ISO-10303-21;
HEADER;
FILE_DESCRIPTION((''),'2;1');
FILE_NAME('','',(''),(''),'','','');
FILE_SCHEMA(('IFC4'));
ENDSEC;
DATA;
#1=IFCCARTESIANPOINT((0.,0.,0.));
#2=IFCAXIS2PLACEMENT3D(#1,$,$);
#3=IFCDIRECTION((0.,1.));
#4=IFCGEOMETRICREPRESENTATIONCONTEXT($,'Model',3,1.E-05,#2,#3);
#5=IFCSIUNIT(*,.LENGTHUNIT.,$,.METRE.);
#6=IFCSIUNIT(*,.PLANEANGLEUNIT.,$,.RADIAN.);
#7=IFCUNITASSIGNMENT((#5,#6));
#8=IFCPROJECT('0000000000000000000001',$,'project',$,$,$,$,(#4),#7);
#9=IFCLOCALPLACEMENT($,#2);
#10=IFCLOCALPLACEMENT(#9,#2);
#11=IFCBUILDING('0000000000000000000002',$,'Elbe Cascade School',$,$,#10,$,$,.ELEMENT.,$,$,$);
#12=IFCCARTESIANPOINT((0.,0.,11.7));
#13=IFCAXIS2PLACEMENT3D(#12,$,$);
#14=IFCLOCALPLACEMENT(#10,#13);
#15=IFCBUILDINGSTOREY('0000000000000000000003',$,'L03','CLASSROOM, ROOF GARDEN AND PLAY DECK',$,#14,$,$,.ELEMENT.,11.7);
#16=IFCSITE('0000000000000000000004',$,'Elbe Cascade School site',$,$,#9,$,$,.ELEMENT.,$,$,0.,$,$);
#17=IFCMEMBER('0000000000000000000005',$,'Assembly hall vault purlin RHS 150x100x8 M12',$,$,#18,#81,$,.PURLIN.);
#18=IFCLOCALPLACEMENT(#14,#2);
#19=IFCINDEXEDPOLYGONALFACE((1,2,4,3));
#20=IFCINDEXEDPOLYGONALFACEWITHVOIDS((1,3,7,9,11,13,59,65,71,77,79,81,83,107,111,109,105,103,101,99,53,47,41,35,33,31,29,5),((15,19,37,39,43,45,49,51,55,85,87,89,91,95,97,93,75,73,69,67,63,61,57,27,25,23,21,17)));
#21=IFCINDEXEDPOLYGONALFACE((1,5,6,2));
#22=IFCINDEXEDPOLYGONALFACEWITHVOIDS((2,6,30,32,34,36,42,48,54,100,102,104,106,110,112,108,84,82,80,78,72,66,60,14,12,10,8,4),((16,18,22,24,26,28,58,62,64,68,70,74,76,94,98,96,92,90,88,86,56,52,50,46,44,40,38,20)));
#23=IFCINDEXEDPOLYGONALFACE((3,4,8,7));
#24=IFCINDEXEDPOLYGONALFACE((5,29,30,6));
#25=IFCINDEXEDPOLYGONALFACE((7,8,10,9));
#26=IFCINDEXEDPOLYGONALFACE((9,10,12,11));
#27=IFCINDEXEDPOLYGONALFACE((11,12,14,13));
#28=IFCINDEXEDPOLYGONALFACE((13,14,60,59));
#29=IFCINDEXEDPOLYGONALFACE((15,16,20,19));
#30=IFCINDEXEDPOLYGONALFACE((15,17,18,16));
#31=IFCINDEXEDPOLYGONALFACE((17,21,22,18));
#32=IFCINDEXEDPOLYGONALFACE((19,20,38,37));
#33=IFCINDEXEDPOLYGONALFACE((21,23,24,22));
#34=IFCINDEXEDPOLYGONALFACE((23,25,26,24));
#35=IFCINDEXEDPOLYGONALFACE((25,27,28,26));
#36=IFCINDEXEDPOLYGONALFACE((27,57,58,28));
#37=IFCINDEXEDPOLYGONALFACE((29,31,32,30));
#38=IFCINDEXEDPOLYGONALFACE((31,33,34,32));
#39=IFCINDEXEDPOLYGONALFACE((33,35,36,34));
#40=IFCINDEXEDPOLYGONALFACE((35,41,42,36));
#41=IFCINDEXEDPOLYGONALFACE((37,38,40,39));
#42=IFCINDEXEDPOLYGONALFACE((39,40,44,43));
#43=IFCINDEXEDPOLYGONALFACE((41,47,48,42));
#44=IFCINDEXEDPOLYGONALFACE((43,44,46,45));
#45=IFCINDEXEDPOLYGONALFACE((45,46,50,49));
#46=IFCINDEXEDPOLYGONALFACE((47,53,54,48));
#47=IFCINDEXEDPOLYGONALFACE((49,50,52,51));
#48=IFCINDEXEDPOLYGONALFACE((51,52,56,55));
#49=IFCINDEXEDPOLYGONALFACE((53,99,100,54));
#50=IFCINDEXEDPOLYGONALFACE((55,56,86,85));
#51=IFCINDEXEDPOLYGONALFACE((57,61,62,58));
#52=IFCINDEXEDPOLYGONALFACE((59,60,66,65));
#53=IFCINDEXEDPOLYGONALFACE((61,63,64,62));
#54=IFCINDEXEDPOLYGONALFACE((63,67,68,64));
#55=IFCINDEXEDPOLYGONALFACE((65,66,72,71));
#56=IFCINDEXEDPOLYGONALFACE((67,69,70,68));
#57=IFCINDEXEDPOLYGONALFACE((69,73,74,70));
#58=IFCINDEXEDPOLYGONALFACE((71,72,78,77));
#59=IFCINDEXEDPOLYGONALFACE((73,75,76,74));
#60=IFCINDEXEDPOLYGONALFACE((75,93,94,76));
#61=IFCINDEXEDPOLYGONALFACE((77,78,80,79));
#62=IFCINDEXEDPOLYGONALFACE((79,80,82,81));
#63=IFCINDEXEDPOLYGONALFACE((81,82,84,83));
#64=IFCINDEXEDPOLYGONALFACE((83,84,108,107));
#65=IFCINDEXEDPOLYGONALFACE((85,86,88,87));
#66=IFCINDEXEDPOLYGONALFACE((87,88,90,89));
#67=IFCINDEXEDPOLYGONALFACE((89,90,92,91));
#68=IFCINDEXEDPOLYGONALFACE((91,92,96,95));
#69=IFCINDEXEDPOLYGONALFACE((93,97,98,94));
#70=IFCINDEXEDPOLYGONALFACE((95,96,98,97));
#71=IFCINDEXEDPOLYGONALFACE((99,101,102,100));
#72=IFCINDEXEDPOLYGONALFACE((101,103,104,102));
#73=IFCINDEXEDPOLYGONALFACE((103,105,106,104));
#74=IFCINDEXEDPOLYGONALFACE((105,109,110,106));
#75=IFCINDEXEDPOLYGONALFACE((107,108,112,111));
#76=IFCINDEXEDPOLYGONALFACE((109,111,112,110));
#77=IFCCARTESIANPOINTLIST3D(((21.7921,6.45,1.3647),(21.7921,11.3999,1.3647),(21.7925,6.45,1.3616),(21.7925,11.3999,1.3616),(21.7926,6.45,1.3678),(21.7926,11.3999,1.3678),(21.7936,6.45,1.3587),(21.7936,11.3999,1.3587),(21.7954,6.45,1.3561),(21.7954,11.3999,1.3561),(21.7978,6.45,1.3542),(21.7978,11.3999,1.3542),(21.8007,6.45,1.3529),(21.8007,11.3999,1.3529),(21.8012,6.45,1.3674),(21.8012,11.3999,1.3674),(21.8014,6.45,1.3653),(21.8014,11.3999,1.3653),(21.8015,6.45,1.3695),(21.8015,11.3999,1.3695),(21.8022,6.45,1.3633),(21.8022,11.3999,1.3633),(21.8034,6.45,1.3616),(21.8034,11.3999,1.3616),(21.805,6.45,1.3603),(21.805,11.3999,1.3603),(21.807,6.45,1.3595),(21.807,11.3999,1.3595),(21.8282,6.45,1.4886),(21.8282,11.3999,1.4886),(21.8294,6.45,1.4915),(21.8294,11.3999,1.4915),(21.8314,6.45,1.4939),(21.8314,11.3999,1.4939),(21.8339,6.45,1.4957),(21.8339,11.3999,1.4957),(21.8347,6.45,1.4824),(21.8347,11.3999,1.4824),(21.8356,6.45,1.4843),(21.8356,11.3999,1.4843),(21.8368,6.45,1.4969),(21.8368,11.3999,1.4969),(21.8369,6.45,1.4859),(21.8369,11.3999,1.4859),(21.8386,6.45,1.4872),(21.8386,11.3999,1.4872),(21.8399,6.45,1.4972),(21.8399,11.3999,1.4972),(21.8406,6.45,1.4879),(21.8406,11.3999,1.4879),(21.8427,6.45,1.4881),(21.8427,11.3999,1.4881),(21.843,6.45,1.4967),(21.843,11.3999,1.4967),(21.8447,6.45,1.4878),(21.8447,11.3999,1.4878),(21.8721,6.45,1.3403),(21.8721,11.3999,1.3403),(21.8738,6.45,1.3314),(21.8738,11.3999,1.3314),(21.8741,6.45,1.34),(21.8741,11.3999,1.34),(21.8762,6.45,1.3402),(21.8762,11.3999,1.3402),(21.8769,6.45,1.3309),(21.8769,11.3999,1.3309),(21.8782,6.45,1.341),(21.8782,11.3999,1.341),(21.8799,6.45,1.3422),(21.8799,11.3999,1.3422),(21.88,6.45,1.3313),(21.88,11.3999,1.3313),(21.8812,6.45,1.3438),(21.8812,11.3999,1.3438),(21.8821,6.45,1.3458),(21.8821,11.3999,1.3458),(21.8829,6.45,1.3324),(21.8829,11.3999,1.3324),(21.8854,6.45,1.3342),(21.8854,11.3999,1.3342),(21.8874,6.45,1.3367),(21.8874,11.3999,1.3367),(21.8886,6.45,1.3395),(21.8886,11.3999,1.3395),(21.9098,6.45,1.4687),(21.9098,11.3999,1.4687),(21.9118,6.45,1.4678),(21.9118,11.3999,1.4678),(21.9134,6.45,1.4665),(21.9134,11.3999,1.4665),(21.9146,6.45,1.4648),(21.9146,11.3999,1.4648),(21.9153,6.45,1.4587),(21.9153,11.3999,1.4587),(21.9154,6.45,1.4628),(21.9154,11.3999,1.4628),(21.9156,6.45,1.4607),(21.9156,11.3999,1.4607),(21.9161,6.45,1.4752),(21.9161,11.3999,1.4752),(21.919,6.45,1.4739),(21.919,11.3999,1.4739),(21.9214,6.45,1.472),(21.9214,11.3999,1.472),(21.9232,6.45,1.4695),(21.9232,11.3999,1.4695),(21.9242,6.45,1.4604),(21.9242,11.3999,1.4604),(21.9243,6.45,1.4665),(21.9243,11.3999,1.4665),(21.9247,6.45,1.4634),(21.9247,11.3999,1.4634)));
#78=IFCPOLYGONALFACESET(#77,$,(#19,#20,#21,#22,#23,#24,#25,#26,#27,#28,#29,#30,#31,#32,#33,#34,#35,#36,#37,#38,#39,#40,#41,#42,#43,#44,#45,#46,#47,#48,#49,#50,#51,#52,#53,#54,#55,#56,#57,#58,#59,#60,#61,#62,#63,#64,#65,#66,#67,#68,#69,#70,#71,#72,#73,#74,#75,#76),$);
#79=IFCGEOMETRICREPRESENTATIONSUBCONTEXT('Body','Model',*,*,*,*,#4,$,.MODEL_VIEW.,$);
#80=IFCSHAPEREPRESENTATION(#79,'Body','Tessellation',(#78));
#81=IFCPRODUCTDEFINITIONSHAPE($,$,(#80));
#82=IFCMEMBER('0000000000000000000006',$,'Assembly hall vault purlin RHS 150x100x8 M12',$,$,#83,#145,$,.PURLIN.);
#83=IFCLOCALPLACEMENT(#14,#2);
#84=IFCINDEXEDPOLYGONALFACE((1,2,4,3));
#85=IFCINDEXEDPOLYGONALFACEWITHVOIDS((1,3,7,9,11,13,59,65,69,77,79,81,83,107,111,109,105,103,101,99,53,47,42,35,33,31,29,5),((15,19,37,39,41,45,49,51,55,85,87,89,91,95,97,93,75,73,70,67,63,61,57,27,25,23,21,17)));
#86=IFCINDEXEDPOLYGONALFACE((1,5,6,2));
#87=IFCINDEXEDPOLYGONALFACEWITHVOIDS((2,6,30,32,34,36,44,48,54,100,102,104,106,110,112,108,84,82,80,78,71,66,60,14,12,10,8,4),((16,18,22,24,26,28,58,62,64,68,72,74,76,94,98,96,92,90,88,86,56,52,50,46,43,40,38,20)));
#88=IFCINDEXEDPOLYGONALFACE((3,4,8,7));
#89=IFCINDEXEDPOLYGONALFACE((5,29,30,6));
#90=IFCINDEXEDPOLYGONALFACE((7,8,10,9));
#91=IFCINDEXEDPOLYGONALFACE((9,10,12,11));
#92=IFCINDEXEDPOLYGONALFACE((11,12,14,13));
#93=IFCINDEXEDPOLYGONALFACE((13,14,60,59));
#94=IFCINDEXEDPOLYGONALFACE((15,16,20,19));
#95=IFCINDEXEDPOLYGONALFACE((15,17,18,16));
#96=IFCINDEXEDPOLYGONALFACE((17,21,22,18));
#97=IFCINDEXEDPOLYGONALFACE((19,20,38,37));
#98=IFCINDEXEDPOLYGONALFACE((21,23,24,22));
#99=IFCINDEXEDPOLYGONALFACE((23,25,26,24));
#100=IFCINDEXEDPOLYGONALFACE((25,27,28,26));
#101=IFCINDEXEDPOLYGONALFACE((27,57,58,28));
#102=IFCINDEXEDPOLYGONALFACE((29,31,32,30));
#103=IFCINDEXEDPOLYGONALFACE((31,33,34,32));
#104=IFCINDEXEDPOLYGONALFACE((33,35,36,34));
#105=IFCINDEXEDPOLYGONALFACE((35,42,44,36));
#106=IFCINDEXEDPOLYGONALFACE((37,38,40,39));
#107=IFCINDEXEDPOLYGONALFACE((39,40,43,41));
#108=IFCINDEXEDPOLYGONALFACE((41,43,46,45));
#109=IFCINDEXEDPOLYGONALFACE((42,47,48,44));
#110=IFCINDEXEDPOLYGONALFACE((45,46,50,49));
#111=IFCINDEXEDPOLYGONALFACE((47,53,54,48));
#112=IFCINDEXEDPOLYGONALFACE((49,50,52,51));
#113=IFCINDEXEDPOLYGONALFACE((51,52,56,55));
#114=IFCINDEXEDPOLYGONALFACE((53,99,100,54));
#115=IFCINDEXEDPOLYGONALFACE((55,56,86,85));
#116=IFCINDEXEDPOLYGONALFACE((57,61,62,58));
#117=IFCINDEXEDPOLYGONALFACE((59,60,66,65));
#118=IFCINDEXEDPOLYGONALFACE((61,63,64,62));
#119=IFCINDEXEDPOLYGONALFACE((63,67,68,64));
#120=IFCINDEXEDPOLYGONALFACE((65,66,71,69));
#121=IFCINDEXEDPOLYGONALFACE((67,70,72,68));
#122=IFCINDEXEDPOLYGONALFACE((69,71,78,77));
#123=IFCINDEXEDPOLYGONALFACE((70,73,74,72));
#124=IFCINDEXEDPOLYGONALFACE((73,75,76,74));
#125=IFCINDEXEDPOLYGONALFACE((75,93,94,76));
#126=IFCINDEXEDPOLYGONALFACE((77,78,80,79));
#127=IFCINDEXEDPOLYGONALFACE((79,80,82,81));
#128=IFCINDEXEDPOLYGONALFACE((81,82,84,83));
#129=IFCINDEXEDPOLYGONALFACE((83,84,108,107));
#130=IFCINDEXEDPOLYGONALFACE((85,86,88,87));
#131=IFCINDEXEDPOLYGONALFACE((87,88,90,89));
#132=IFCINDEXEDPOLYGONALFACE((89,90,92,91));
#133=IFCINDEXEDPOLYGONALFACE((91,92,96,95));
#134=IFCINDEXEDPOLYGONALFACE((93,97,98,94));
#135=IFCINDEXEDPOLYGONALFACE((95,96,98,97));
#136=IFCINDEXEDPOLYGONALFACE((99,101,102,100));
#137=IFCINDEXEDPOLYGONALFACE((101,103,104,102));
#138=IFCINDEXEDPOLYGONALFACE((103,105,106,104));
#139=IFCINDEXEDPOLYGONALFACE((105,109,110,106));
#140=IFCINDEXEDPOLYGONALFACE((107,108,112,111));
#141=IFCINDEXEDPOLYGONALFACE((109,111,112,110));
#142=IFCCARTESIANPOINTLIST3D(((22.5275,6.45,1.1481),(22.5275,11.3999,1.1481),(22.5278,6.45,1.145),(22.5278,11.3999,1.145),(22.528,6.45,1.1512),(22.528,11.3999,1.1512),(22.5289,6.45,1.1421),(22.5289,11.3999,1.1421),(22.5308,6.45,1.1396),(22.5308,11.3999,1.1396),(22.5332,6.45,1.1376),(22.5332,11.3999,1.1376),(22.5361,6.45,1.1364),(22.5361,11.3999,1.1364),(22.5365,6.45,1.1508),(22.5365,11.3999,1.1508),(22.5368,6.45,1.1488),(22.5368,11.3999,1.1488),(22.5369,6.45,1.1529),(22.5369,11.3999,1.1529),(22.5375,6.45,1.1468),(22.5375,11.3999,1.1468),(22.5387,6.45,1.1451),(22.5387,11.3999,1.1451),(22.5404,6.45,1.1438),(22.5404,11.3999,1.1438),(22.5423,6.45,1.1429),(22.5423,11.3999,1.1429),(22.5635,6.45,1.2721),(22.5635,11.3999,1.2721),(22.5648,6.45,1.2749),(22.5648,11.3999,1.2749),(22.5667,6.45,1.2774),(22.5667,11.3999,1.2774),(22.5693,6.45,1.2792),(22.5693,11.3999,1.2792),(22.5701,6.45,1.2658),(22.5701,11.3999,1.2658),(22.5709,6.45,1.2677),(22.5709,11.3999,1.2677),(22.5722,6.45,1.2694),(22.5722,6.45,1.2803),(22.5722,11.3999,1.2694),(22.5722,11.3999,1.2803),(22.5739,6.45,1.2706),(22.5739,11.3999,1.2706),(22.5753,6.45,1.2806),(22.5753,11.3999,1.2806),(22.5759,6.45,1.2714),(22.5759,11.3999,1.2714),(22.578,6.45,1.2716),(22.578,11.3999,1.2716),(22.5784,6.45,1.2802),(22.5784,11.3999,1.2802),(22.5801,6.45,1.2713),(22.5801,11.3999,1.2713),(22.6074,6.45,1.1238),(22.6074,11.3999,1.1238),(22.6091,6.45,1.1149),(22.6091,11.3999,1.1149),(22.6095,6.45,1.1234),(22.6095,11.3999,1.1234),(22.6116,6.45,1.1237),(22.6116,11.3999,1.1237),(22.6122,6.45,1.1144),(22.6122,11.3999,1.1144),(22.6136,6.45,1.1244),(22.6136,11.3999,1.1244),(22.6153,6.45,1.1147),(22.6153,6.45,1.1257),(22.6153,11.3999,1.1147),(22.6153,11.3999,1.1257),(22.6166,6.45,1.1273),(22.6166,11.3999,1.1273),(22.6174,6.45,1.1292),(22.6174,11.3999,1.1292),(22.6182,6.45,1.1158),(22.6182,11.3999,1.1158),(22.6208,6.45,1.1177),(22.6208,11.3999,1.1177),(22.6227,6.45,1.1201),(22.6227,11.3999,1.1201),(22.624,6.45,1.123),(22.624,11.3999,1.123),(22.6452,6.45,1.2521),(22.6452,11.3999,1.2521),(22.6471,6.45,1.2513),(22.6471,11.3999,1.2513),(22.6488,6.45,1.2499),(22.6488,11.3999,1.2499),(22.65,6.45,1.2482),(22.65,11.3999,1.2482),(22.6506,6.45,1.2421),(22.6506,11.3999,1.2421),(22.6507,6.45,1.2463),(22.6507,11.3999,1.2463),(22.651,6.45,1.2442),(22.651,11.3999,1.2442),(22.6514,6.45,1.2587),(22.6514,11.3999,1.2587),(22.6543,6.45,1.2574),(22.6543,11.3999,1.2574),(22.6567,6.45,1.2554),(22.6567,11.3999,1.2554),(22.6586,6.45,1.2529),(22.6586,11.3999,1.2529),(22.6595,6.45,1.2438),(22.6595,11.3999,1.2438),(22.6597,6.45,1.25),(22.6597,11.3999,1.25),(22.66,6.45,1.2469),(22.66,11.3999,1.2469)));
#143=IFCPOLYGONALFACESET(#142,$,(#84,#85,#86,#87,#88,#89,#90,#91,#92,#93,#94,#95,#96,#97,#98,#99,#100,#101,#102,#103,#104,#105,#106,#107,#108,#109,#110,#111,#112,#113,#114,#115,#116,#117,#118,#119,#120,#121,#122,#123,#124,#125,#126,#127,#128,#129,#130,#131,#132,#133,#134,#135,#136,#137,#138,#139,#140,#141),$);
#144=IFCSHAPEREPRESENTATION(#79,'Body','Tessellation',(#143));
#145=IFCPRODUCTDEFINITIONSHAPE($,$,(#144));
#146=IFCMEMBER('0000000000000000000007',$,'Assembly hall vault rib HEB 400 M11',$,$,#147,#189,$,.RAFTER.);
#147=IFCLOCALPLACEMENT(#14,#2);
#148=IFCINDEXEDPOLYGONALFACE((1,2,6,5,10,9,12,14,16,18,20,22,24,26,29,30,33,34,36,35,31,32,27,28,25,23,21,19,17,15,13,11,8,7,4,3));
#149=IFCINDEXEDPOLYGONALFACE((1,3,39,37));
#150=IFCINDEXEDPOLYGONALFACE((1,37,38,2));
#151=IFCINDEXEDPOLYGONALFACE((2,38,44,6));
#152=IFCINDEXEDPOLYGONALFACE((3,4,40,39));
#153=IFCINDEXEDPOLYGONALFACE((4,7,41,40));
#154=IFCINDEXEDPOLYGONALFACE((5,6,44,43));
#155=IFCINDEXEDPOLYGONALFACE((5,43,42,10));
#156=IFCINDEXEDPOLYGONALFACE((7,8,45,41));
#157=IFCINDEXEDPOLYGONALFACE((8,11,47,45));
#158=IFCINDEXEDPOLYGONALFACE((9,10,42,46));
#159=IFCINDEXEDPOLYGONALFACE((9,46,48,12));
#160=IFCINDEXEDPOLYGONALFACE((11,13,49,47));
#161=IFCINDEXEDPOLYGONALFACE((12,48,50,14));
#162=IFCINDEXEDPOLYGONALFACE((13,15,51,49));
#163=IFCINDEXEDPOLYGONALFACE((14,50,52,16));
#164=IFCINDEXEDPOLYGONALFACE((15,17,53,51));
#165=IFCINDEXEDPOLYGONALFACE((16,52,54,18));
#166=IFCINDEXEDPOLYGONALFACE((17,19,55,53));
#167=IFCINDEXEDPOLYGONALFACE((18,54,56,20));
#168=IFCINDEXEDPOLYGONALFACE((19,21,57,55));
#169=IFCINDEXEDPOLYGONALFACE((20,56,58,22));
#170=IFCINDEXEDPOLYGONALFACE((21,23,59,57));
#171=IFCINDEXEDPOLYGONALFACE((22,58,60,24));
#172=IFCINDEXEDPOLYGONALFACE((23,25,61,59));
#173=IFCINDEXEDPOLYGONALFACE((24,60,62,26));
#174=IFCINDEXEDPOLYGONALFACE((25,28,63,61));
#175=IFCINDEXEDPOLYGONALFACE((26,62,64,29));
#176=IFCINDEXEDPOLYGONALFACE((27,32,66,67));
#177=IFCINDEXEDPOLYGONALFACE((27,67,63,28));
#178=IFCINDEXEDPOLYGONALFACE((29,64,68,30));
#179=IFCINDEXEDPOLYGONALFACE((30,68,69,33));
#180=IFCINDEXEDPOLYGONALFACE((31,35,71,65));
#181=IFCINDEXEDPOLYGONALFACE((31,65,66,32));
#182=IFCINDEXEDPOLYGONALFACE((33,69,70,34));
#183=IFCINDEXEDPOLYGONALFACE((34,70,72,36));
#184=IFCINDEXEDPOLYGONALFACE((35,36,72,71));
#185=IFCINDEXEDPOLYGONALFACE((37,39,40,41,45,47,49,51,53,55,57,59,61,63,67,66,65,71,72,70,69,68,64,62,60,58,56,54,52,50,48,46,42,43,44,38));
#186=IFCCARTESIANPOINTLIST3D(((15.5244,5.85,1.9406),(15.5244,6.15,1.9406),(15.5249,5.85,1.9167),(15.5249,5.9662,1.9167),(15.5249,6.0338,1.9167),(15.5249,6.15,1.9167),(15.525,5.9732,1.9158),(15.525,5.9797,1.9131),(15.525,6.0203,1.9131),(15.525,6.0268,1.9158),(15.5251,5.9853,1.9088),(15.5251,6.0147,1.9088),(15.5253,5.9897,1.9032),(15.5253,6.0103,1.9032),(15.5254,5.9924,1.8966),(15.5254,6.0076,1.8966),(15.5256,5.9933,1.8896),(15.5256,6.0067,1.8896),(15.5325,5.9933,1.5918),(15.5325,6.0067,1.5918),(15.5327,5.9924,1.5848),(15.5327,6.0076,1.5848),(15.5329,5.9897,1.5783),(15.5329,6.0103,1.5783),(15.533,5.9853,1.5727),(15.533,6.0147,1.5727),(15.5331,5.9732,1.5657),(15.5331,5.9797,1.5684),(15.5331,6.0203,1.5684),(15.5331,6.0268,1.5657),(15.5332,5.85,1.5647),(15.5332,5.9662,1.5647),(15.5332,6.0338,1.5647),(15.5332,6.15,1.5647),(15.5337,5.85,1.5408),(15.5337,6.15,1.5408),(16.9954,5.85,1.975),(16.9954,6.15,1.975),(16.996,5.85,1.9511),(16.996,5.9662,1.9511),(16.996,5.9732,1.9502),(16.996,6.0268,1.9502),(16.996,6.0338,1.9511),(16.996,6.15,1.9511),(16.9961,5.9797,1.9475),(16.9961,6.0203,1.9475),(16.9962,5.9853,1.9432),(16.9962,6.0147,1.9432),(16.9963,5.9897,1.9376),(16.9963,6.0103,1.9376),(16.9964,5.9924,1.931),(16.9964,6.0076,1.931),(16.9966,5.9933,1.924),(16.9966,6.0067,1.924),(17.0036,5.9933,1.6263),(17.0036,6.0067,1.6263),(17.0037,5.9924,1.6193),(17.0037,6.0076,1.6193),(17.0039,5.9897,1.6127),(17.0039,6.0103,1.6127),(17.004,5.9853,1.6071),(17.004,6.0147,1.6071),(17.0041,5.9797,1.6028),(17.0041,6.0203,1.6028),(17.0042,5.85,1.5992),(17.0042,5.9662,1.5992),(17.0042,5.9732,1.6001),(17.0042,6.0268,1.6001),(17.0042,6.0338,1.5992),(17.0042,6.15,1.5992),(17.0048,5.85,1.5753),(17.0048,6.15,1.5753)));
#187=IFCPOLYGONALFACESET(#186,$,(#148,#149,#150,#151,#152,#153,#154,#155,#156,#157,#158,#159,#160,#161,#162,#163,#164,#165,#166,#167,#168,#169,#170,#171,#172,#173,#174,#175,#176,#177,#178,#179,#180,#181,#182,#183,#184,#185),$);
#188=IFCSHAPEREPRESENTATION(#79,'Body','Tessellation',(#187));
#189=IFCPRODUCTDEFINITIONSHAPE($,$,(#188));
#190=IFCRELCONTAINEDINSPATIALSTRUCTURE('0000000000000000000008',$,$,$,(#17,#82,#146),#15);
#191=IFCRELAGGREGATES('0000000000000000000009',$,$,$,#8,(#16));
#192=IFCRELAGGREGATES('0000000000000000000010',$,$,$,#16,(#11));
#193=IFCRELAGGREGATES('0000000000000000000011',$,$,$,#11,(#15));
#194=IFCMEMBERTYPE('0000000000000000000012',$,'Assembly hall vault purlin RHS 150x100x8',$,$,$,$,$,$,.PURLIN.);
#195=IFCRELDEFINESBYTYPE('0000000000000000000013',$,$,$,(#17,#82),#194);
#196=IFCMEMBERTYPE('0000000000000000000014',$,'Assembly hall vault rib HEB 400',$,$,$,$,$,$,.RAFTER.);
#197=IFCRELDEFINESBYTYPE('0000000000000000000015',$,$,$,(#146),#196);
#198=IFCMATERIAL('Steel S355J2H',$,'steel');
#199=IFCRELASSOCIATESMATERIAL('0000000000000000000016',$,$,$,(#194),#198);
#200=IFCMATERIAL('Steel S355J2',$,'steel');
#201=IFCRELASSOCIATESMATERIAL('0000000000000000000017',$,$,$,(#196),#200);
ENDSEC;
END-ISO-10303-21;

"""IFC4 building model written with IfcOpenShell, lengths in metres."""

from ifc_helpers import new_model, si_unit, direction, frame, origin, origin_2d, place, context, subcontext, project, spatial, hollow_rectangle, i_section, extrude, material, material_profile, profile_set, type_object, element, save


model = new_model("IFC4")

# Units and contexts
model_context = context("Model", 3, precision=1e-05, world=origin(), true_north=direction((0.0, 1.0)))
body_context = subcontext(model_context, "Body", "Model", "MODEL_VIEW")
ifc_project = project(units=[si_unit("LENGTHUNIT", "METRE"), si_unit("PLANEANGLEUNIT", "RADIAN")], contexts=[model_context])

# Site, building, storey
site_placement = place(None, origin())
site = spatial("IfcSite", under=ifc_project, at=site_placement, Name="Elbe Cascade School site", CompositionType="ELEMENT", RefElevation=0.0)
building_placement = place(site_placement, origin())
building = spatial("IfcBuilding", under=site, at=building_placement, Name="Elbe Cascade School", CompositionType="ELEMENT")
storey_placement = place(building_placement, frame((0.0, 0.0, 11.7)))
storey = spatial("IfcBuildingStorey", under=building, at=storey_placement, Name="L03", Description="CLASSROOM, ROOF GARDEN AND PLAY DECK", CompositionType="ELEMENT", Elevation=11.7)

# Members
ifc_material_1 = material(Name="Steel S355J2H", Category="steel")
ifc_material_profile_1 = material_profile(ifc_material_1, hollow_rectangle(XDim=0.1001, YDim=0.1499, WallThickness=0.0081, InnerFilletRadius=0.0081, OuterFilletRadius=0.012, at=origin_2d()), Name="RHS 150x100x8")
ifc_profile_set_1 = profile_set([ifc_material_profile_1], Name="Steel S355J2H")
member_type_1 = type_object("IfcMemberType", Name="Assembly hall vault purlin RHS 150x100x8", PredefinedType="PURLIN", material=ifc_profile_set_1)
for number, where, z_axis, x_axis, name in (
    (1, (21.8584, 6.45, 1.4141), (0.0, 1.0, 0.0), (-0.959321, 0.0, 0.282318), "Assembly hall vault purlin RHS 150x100x8 M12"),
    (2, (22.5938, 6.45, 1.1975), (0.0, 1.0, 0.0), (-0.959321, 0.0, 0.282318), "Assembly hall vault purlin RHS 150x100x8 M12"),
):
    element("IfcMember", number, at=place(storey_placement, frame(where, z_axis=z_axis, x_axis=x_axis)), inside=storey, type_object=member_type_1, Name=name, PredefinedType="PURLIN", context=body_context, shape_type="SweptSolid", body=[
        extrude(hollow_rectangle(XDim=0.1001, YDim=0.1499, WallThickness=0.0081, InnerFilletRadius=0.0081, OuterFilletRadius=0.012, at=origin_2d()), origin(), (0.0, 0.0, 1.0), 4.95),
    ])
ifc_material_2 = material(Name="Steel S355J2", Category="steel")
ifc_material_profile_2 = material_profile(ifc_material_2, i_section(OverallWidth=0.3, OverallDepth=0.3999, WebThickness=0.0134, FlangeThickness=0.0239, FilletRadius=0.0271, at=origin_2d()), Name="HEB 400")
ifc_profile_set_2 = profile_set([ifc_material_profile_2], Name="Steel S355J2")
member_type_2 = type_object("IfcMemberType", Name="Assembly hall vault rib HEB 400", PredefinedType="RAFTER", material=ifc_profile_set_2)
for number, where, z_axis, x_axis, name in (
    (3, (15.5291, 6.0, 1.7407), (0.999726, 0.0, 0.023396), (0.0, 1.0, 0.0), "Assembly hall vault rib HEB 400 M11"),
):
    element("IfcMember", number, at=place(storey_placement, frame(where, z_axis=z_axis, x_axis=x_axis)), inside=storey, type_object=member_type_2, Name=name, PredefinedType="RAFTER", context=body_context, shape_type="SweptSolid", body=[
        extrude(i_section(OverallWidth=0.3, OverallDepth=0.3999, WebThickness=0.0134, FlangeThickness=0.0239, FilletRadius=0.0271, at=origin_2d()), origin(), (0.0, 0.0, 1.0), 1.4714),
    ])

save(model, "model.ifc")
